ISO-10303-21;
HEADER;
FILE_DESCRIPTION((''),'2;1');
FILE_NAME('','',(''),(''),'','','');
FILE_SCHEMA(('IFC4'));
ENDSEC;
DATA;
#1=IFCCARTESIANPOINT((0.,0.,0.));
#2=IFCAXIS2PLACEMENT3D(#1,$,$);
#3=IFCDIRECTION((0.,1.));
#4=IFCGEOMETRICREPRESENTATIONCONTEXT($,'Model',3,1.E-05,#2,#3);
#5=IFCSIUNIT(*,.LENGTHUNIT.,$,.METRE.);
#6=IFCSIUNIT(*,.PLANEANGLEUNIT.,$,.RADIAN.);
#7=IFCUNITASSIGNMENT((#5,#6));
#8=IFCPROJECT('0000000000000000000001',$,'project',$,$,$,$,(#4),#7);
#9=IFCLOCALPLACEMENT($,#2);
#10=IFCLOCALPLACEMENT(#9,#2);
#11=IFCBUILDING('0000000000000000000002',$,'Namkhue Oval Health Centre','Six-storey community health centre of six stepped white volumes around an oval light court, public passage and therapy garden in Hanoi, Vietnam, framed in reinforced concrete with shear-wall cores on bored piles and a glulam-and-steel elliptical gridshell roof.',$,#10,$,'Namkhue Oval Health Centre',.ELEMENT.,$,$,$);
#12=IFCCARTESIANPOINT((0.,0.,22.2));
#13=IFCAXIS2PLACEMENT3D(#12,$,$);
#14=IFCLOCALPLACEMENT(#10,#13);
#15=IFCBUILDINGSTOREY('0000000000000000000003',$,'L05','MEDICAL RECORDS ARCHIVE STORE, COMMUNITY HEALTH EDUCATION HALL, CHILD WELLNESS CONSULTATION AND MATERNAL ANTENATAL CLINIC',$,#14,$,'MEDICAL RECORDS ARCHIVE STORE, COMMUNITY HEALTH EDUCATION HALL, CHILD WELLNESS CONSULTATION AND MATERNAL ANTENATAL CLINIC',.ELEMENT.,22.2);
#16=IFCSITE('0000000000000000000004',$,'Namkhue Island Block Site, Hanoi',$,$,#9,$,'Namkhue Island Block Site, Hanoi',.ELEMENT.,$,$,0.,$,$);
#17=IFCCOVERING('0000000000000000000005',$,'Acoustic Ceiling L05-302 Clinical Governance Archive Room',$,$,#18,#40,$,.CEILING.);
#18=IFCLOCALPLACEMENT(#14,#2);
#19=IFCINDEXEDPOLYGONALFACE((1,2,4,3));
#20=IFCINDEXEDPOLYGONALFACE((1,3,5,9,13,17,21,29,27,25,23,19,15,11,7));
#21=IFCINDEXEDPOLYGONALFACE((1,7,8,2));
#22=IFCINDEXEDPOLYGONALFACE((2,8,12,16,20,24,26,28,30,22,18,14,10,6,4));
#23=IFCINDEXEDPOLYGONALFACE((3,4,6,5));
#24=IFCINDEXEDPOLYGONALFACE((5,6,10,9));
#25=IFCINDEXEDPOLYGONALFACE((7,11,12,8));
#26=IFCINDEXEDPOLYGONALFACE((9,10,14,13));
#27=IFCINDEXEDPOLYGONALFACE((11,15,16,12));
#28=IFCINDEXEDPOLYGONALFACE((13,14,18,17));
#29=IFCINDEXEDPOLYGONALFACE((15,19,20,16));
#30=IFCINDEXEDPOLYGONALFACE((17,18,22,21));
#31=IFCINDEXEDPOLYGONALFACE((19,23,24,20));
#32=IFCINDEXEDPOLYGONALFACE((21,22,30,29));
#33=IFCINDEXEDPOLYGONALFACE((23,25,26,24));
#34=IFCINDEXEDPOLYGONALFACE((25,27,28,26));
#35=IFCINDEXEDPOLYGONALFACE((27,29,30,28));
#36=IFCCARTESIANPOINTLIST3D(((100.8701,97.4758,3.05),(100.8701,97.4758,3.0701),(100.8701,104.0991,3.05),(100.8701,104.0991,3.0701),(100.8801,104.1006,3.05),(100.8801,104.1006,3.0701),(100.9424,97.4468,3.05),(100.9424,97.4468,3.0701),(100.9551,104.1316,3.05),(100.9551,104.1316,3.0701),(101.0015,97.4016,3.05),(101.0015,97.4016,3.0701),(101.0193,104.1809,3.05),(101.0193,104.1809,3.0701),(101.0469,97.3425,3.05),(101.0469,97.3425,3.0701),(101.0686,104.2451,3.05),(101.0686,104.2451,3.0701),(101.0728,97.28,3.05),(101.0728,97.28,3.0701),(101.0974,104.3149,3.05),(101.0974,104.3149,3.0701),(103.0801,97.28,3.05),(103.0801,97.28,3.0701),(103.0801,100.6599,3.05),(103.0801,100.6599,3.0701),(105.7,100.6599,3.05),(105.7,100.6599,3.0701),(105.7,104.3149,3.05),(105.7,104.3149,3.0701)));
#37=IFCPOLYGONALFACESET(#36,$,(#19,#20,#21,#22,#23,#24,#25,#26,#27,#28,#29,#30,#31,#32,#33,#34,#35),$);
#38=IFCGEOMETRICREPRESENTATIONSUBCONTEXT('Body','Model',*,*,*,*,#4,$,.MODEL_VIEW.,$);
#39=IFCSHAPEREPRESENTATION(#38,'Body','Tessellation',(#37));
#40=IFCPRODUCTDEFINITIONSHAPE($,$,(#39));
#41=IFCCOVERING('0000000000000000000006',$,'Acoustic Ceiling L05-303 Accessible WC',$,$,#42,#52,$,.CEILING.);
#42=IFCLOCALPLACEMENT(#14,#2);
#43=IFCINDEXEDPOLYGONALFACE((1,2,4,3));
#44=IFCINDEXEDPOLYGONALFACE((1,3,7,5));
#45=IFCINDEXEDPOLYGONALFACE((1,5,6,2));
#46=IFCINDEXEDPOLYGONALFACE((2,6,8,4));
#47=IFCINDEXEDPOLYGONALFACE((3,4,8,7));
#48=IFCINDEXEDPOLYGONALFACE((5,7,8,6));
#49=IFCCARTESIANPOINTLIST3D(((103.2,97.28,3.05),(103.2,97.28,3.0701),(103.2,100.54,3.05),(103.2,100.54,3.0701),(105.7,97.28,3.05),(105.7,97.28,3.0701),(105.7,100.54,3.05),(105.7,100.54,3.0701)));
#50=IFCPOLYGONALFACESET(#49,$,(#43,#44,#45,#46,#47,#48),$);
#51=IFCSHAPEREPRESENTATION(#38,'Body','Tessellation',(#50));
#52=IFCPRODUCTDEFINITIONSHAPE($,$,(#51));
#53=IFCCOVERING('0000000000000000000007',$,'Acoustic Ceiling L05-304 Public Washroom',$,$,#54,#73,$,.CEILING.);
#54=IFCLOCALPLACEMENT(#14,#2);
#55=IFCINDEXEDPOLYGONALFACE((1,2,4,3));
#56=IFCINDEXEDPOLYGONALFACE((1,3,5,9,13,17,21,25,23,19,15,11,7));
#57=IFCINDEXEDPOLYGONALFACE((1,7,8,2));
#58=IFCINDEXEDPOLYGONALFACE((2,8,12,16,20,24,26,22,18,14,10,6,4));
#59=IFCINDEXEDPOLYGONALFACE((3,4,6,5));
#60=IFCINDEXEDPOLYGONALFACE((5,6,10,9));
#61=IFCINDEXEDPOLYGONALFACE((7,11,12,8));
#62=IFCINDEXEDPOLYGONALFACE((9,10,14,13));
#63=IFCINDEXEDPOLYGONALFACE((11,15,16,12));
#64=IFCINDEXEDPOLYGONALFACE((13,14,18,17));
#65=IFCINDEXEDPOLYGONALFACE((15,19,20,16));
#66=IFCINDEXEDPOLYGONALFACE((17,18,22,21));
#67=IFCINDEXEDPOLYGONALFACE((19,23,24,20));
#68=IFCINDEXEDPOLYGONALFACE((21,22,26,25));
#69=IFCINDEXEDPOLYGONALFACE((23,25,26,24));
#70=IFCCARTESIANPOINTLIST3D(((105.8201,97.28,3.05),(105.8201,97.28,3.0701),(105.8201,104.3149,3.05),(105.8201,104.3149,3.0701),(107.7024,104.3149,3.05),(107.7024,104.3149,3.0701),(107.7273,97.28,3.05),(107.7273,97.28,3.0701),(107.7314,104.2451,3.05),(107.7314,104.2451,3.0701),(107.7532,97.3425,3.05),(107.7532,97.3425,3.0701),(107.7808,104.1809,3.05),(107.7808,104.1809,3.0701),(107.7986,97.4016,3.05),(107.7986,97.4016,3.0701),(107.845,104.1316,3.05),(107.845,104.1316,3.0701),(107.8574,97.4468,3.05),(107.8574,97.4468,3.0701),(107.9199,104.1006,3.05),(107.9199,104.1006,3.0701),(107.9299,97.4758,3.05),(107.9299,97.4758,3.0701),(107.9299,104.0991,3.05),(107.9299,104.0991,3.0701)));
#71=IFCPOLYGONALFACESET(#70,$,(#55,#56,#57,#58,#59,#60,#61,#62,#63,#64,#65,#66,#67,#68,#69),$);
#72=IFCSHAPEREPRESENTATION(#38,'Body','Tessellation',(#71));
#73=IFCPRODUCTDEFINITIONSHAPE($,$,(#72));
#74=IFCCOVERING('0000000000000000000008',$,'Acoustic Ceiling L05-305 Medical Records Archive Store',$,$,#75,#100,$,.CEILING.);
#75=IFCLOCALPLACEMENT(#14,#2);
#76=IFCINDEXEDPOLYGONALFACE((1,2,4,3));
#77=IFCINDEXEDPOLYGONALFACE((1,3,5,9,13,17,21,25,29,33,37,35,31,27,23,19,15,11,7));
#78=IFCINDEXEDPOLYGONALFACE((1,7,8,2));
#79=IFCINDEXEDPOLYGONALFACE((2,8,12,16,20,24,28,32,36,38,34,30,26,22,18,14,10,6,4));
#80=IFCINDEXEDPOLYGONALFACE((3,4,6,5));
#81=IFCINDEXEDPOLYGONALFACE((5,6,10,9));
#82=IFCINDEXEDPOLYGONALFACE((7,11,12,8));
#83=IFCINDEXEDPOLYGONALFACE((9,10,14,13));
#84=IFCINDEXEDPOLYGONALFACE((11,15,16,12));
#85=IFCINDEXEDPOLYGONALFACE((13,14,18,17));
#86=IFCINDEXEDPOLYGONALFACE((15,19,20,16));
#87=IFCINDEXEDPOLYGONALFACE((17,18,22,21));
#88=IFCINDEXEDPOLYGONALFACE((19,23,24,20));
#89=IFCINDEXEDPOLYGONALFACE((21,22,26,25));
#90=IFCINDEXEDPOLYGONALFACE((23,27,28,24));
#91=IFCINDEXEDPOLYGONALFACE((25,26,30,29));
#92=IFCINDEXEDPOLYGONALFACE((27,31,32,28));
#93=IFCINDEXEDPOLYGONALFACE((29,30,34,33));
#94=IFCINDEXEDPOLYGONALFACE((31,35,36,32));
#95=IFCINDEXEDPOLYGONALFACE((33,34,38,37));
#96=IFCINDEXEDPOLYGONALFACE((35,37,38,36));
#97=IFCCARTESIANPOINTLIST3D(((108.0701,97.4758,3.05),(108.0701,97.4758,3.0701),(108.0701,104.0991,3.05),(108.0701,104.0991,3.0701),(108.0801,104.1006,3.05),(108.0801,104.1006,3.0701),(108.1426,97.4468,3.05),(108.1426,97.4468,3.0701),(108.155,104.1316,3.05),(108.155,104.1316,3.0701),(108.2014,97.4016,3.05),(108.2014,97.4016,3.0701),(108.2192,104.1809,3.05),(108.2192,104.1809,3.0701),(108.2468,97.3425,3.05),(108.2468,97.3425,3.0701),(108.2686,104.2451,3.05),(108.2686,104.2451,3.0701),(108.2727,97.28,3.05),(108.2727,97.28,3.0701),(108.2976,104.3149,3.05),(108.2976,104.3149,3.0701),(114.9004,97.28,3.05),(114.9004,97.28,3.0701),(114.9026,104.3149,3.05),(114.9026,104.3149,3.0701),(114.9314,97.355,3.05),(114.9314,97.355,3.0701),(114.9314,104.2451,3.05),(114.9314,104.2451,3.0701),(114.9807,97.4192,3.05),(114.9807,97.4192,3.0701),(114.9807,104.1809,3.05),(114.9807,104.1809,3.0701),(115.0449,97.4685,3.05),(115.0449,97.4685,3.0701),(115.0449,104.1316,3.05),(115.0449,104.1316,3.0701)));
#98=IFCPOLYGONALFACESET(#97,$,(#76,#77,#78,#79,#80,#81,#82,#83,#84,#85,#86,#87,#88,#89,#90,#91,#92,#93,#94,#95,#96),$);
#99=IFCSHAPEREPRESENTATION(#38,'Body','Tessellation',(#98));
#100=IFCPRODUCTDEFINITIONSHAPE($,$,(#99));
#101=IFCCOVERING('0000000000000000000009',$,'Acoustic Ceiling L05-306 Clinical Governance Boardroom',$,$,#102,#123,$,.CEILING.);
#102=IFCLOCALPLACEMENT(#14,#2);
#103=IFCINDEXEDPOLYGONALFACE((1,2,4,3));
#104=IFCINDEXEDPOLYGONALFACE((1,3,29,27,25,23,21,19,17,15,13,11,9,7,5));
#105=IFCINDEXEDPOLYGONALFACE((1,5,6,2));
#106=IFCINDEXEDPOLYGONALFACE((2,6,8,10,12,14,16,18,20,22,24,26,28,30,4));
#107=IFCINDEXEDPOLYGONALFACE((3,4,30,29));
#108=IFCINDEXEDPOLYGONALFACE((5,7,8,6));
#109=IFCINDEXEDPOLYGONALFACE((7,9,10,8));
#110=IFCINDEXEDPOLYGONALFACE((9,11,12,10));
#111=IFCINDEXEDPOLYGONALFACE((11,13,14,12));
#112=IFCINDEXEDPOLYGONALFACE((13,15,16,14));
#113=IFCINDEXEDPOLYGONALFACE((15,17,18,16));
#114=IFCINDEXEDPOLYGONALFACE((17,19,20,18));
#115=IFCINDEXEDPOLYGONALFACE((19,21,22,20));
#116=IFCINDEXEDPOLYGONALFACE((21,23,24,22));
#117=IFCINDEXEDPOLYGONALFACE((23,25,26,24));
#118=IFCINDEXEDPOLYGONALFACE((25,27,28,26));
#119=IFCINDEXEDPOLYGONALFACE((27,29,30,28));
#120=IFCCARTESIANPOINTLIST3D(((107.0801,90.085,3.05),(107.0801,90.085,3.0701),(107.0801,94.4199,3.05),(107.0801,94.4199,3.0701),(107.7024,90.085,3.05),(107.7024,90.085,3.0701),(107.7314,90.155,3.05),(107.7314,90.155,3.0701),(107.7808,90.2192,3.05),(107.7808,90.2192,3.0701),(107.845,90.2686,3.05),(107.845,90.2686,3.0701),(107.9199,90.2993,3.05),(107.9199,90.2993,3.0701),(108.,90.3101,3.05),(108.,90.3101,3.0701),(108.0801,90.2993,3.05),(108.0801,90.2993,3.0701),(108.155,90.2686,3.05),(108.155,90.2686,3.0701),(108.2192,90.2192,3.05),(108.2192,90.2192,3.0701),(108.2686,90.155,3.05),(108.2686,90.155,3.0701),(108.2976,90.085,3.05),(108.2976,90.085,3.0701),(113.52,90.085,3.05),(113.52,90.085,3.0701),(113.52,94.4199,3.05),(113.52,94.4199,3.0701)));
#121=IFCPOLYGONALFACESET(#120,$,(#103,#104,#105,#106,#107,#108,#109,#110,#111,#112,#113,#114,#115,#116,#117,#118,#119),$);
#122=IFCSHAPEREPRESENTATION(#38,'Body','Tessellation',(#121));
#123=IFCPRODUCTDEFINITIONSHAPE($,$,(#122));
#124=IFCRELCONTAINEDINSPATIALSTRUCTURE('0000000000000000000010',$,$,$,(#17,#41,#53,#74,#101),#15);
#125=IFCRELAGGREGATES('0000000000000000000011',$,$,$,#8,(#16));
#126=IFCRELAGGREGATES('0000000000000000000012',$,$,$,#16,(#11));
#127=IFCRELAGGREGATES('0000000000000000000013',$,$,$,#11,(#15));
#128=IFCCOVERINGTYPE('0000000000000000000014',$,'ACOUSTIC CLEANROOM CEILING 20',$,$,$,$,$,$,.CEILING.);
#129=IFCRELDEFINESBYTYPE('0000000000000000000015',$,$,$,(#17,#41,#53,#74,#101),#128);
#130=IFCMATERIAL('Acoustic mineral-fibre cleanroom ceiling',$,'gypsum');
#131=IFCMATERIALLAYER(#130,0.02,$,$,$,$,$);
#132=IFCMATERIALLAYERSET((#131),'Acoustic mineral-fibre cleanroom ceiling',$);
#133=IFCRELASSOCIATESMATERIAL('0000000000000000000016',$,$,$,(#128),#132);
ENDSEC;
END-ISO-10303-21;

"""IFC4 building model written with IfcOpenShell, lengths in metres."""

from ifc_helpers import new_model, si_unit, direction, frame, origin, place, context, subcontext, project, spatial, polyline, outline, extrude, material, layer, layer_set, type_object, element, save


model = new_model("IFC4")

# Units and contexts
model_context = context("Model", 3, precision=1e-05, world=origin(), true_north=direction((0.0, 1.0)))
body_context = subcontext(model_context, "Body", "Model", "MODEL_VIEW")
ifc_project = project(units=[si_unit("LENGTHUNIT", "METRE"), si_unit("PLANEANGLEUNIT", "RADIAN")], contexts=[model_context])

# Site, building, storey
site_placement = place(None, origin())
site = spatial("IfcSite", under=ifc_project, at=site_placement, Name="Namkhue Island Block Site, Hanoi", LongName="Namkhue Island Block Site, Hanoi", CompositionType="ELEMENT", RefElevation=0.0)
building_placement = place(site_placement, origin())
building = spatial("IfcBuilding", under=site, at=building_placement, Name="Namkhue Oval Health Centre", Description="Six-storey community health centre of six stepped white volumes around an oval light court, public passage and therapy garden in Hanoi, Vietnam, framed in reinforced concrete with shear-wall cores on bored piles and a glulam-and-steel elliptical gridshell roof.", LongName="Namkhue Oval Health Centre", CompositionType="ELEMENT")
storey_placement = place(building_placement, frame((0.0, 0.0, 22.2)))
storey = spatial("IfcBuildingStorey", under=building, at=storey_placement, Name="L05", Description="MEDICAL RECORDS ARCHIVE STORE, COMMUNITY HEALTH EDUCATION HALL, CHILD WELLNESS CONSULTATION AND MATERNAL ANTENATAL CLINIC", LongName="MEDICAL RECORDS ARCHIVE STORE, COMMUNITY HEALTH EDUCATION HALL, CHILD WELLNESS CONSULTATION AND MATERNAL ANTENATAL CLINIC", CompositionType="ELEMENT", Elevation=22.2)

# Coverings
ifc_material_1 = material(Name="Acoustic mineral-fibre cleanroom ceiling", Category="gypsum")
ifc_layer_1 = layer(ifc_material_1, 0.02)
ifc_layer_set_1 = layer_set([ifc_layer_1], Name="Acoustic mineral-fibre cleanroom ceiling")
covering_type_1 = type_object("IfcCoveringType", Name="ACOUSTIC CLEANROOM CEILING 20", PredefinedType="CEILING", material=ifc_layer_set_1)
covering_1_placement = place(storey_placement, frame((0.0, 0.0, 3.05)))
element("IfcCovering", 1, at=covering_1_placement, inside=storey, type_object=covering_type_1, Name="Acoustic Ceiling L05-302 Clinical Governance Archive Room", PredefinedType="CEILING", context=body_context, shape_type="SweptSolid", body=[
    extrude(outline(polyline([(105.7, 104.3149), (105.7, 100.6599), (103.0801, 100.6599), (103.0801, 97.28), (101.0728, 97.28), (101.0469, 97.3425), (101.0015, 97.4016), (100.9424, 97.4468), (100.8701, 97.4758), (100.8701, 104.0991), (100.8801, 104.1006), (100.9551, 104.1316), (101.0193, 104.1809), (101.0686, 104.2451), (101.0974, 104.3149), (105.7, 104.3149)])), origin(), (0.0, 0.0, 1.0), 0.02),
])
covering_2_placement = place(storey_placement, frame((0.0, 0.0, 3.05)))
element("IfcCovering", 2, at=covering_2_placement, inside=storey, type_object=covering_type_1, Name="Acoustic Ceiling L05-303 Accessible WC", PredefinedType="CEILING", context=body_context, shape_type="SweptSolid", body=[
    extrude(outline(polyline([(105.7, 100.54), (105.7, 97.28), (103.2, 97.28), (103.2, 100.54), (105.7, 100.54)])), origin(), (0.0, 0.0, 1.0), 0.02),
])
covering_3_placement = place(storey_placement, frame((0.0, 0.0, 3.05)))
element("IfcCovering", 3, at=covering_3_placement, inside=storey, type_object=covering_type_1, Name="Acoustic Ceiling L05-304 Public Washroom", PredefinedType="CEILING", context=body_context, shape_type="SweptSolid", body=[
    extrude(outline(polyline([(105.8201, 97.28), (105.8201, 104.3149), (107.7024, 104.3149), (107.7314, 104.2451), (107.7808, 104.1809), (107.845, 104.1316), (107.9199, 104.1006), (107.9299, 104.0991), (107.9299, 97.4758), (107.8574, 97.4468), (107.7986, 97.4016), (107.7532, 97.3425), (107.7273, 97.28), (105.8201, 97.28)])), origin(), (0.0, 0.0, 1.0), 0.02),
])
covering_4_placement = place(storey_placement, frame((0.0, 0.0, 3.05)))
element("IfcCovering", 4, at=covering_4_placement, inside=storey, type_object=covering_type_1, Name="Acoustic Ceiling L05-305 Medical Records Archive Store", PredefinedType="CEILING", context=body_context, shape_type="SweptSolid", body=[
    extrude(outline(polyline([(108.2727, 97.28), (108.2468, 97.3425), (108.2014, 97.4016), (108.1426, 97.4468), (108.0701, 97.4758), (108.0701, 104.0991), (108.0801, 104.1006), (108.155, 104.1316), (108.2192, 104.1809), (108.2686, 104.2451), (108.2976, 104.3149), (114.9026, 104.3149), (114.9314, 104.2451), (114.9807, 104.1809), (115.0449, 104.1316), (115.0449, 97.4685), (114.9807, 97.4192), (114.9314, 97.355), (114.9004, 97.28), (108.2727, 97.28)])), origin(), (0.0, 0.0, 1.0), 0.02),
])
covering_5_placement = place(storey_placement, frame((0.0, 0.0, 3.05)))
element("IfcCovering", 5, at=covering_5_placement, inside=storey, type_object=covering_type_1, Name="Acoustic Ceiling L05-306 Clinical Governance Boardroom", PredefinedType="CEILING", context=body_context, shape_type="SweptSolid", body=[
    extrude(outline(polyline([(108.2976, 90.085), (108.2686, 90.155), (108.2192, 90.2192), (108.155, 90.2686), (108.0801, 90.2993), (108.0, 90.3101), (107.9199, 90.2993), (107.845, 90.2686), (107.7808, 90.2192), (107.7314, 90.155), (107.7024, 90.085), (107.0801, 90.085), (107.0801, 94.4199), (113.52, 94.4199), (113.52, 90.085), (108.2976, 90.085)])), origin(), (0.0, 0.0, 1.0), 0.02),
])

save(model, "model.ifc")
